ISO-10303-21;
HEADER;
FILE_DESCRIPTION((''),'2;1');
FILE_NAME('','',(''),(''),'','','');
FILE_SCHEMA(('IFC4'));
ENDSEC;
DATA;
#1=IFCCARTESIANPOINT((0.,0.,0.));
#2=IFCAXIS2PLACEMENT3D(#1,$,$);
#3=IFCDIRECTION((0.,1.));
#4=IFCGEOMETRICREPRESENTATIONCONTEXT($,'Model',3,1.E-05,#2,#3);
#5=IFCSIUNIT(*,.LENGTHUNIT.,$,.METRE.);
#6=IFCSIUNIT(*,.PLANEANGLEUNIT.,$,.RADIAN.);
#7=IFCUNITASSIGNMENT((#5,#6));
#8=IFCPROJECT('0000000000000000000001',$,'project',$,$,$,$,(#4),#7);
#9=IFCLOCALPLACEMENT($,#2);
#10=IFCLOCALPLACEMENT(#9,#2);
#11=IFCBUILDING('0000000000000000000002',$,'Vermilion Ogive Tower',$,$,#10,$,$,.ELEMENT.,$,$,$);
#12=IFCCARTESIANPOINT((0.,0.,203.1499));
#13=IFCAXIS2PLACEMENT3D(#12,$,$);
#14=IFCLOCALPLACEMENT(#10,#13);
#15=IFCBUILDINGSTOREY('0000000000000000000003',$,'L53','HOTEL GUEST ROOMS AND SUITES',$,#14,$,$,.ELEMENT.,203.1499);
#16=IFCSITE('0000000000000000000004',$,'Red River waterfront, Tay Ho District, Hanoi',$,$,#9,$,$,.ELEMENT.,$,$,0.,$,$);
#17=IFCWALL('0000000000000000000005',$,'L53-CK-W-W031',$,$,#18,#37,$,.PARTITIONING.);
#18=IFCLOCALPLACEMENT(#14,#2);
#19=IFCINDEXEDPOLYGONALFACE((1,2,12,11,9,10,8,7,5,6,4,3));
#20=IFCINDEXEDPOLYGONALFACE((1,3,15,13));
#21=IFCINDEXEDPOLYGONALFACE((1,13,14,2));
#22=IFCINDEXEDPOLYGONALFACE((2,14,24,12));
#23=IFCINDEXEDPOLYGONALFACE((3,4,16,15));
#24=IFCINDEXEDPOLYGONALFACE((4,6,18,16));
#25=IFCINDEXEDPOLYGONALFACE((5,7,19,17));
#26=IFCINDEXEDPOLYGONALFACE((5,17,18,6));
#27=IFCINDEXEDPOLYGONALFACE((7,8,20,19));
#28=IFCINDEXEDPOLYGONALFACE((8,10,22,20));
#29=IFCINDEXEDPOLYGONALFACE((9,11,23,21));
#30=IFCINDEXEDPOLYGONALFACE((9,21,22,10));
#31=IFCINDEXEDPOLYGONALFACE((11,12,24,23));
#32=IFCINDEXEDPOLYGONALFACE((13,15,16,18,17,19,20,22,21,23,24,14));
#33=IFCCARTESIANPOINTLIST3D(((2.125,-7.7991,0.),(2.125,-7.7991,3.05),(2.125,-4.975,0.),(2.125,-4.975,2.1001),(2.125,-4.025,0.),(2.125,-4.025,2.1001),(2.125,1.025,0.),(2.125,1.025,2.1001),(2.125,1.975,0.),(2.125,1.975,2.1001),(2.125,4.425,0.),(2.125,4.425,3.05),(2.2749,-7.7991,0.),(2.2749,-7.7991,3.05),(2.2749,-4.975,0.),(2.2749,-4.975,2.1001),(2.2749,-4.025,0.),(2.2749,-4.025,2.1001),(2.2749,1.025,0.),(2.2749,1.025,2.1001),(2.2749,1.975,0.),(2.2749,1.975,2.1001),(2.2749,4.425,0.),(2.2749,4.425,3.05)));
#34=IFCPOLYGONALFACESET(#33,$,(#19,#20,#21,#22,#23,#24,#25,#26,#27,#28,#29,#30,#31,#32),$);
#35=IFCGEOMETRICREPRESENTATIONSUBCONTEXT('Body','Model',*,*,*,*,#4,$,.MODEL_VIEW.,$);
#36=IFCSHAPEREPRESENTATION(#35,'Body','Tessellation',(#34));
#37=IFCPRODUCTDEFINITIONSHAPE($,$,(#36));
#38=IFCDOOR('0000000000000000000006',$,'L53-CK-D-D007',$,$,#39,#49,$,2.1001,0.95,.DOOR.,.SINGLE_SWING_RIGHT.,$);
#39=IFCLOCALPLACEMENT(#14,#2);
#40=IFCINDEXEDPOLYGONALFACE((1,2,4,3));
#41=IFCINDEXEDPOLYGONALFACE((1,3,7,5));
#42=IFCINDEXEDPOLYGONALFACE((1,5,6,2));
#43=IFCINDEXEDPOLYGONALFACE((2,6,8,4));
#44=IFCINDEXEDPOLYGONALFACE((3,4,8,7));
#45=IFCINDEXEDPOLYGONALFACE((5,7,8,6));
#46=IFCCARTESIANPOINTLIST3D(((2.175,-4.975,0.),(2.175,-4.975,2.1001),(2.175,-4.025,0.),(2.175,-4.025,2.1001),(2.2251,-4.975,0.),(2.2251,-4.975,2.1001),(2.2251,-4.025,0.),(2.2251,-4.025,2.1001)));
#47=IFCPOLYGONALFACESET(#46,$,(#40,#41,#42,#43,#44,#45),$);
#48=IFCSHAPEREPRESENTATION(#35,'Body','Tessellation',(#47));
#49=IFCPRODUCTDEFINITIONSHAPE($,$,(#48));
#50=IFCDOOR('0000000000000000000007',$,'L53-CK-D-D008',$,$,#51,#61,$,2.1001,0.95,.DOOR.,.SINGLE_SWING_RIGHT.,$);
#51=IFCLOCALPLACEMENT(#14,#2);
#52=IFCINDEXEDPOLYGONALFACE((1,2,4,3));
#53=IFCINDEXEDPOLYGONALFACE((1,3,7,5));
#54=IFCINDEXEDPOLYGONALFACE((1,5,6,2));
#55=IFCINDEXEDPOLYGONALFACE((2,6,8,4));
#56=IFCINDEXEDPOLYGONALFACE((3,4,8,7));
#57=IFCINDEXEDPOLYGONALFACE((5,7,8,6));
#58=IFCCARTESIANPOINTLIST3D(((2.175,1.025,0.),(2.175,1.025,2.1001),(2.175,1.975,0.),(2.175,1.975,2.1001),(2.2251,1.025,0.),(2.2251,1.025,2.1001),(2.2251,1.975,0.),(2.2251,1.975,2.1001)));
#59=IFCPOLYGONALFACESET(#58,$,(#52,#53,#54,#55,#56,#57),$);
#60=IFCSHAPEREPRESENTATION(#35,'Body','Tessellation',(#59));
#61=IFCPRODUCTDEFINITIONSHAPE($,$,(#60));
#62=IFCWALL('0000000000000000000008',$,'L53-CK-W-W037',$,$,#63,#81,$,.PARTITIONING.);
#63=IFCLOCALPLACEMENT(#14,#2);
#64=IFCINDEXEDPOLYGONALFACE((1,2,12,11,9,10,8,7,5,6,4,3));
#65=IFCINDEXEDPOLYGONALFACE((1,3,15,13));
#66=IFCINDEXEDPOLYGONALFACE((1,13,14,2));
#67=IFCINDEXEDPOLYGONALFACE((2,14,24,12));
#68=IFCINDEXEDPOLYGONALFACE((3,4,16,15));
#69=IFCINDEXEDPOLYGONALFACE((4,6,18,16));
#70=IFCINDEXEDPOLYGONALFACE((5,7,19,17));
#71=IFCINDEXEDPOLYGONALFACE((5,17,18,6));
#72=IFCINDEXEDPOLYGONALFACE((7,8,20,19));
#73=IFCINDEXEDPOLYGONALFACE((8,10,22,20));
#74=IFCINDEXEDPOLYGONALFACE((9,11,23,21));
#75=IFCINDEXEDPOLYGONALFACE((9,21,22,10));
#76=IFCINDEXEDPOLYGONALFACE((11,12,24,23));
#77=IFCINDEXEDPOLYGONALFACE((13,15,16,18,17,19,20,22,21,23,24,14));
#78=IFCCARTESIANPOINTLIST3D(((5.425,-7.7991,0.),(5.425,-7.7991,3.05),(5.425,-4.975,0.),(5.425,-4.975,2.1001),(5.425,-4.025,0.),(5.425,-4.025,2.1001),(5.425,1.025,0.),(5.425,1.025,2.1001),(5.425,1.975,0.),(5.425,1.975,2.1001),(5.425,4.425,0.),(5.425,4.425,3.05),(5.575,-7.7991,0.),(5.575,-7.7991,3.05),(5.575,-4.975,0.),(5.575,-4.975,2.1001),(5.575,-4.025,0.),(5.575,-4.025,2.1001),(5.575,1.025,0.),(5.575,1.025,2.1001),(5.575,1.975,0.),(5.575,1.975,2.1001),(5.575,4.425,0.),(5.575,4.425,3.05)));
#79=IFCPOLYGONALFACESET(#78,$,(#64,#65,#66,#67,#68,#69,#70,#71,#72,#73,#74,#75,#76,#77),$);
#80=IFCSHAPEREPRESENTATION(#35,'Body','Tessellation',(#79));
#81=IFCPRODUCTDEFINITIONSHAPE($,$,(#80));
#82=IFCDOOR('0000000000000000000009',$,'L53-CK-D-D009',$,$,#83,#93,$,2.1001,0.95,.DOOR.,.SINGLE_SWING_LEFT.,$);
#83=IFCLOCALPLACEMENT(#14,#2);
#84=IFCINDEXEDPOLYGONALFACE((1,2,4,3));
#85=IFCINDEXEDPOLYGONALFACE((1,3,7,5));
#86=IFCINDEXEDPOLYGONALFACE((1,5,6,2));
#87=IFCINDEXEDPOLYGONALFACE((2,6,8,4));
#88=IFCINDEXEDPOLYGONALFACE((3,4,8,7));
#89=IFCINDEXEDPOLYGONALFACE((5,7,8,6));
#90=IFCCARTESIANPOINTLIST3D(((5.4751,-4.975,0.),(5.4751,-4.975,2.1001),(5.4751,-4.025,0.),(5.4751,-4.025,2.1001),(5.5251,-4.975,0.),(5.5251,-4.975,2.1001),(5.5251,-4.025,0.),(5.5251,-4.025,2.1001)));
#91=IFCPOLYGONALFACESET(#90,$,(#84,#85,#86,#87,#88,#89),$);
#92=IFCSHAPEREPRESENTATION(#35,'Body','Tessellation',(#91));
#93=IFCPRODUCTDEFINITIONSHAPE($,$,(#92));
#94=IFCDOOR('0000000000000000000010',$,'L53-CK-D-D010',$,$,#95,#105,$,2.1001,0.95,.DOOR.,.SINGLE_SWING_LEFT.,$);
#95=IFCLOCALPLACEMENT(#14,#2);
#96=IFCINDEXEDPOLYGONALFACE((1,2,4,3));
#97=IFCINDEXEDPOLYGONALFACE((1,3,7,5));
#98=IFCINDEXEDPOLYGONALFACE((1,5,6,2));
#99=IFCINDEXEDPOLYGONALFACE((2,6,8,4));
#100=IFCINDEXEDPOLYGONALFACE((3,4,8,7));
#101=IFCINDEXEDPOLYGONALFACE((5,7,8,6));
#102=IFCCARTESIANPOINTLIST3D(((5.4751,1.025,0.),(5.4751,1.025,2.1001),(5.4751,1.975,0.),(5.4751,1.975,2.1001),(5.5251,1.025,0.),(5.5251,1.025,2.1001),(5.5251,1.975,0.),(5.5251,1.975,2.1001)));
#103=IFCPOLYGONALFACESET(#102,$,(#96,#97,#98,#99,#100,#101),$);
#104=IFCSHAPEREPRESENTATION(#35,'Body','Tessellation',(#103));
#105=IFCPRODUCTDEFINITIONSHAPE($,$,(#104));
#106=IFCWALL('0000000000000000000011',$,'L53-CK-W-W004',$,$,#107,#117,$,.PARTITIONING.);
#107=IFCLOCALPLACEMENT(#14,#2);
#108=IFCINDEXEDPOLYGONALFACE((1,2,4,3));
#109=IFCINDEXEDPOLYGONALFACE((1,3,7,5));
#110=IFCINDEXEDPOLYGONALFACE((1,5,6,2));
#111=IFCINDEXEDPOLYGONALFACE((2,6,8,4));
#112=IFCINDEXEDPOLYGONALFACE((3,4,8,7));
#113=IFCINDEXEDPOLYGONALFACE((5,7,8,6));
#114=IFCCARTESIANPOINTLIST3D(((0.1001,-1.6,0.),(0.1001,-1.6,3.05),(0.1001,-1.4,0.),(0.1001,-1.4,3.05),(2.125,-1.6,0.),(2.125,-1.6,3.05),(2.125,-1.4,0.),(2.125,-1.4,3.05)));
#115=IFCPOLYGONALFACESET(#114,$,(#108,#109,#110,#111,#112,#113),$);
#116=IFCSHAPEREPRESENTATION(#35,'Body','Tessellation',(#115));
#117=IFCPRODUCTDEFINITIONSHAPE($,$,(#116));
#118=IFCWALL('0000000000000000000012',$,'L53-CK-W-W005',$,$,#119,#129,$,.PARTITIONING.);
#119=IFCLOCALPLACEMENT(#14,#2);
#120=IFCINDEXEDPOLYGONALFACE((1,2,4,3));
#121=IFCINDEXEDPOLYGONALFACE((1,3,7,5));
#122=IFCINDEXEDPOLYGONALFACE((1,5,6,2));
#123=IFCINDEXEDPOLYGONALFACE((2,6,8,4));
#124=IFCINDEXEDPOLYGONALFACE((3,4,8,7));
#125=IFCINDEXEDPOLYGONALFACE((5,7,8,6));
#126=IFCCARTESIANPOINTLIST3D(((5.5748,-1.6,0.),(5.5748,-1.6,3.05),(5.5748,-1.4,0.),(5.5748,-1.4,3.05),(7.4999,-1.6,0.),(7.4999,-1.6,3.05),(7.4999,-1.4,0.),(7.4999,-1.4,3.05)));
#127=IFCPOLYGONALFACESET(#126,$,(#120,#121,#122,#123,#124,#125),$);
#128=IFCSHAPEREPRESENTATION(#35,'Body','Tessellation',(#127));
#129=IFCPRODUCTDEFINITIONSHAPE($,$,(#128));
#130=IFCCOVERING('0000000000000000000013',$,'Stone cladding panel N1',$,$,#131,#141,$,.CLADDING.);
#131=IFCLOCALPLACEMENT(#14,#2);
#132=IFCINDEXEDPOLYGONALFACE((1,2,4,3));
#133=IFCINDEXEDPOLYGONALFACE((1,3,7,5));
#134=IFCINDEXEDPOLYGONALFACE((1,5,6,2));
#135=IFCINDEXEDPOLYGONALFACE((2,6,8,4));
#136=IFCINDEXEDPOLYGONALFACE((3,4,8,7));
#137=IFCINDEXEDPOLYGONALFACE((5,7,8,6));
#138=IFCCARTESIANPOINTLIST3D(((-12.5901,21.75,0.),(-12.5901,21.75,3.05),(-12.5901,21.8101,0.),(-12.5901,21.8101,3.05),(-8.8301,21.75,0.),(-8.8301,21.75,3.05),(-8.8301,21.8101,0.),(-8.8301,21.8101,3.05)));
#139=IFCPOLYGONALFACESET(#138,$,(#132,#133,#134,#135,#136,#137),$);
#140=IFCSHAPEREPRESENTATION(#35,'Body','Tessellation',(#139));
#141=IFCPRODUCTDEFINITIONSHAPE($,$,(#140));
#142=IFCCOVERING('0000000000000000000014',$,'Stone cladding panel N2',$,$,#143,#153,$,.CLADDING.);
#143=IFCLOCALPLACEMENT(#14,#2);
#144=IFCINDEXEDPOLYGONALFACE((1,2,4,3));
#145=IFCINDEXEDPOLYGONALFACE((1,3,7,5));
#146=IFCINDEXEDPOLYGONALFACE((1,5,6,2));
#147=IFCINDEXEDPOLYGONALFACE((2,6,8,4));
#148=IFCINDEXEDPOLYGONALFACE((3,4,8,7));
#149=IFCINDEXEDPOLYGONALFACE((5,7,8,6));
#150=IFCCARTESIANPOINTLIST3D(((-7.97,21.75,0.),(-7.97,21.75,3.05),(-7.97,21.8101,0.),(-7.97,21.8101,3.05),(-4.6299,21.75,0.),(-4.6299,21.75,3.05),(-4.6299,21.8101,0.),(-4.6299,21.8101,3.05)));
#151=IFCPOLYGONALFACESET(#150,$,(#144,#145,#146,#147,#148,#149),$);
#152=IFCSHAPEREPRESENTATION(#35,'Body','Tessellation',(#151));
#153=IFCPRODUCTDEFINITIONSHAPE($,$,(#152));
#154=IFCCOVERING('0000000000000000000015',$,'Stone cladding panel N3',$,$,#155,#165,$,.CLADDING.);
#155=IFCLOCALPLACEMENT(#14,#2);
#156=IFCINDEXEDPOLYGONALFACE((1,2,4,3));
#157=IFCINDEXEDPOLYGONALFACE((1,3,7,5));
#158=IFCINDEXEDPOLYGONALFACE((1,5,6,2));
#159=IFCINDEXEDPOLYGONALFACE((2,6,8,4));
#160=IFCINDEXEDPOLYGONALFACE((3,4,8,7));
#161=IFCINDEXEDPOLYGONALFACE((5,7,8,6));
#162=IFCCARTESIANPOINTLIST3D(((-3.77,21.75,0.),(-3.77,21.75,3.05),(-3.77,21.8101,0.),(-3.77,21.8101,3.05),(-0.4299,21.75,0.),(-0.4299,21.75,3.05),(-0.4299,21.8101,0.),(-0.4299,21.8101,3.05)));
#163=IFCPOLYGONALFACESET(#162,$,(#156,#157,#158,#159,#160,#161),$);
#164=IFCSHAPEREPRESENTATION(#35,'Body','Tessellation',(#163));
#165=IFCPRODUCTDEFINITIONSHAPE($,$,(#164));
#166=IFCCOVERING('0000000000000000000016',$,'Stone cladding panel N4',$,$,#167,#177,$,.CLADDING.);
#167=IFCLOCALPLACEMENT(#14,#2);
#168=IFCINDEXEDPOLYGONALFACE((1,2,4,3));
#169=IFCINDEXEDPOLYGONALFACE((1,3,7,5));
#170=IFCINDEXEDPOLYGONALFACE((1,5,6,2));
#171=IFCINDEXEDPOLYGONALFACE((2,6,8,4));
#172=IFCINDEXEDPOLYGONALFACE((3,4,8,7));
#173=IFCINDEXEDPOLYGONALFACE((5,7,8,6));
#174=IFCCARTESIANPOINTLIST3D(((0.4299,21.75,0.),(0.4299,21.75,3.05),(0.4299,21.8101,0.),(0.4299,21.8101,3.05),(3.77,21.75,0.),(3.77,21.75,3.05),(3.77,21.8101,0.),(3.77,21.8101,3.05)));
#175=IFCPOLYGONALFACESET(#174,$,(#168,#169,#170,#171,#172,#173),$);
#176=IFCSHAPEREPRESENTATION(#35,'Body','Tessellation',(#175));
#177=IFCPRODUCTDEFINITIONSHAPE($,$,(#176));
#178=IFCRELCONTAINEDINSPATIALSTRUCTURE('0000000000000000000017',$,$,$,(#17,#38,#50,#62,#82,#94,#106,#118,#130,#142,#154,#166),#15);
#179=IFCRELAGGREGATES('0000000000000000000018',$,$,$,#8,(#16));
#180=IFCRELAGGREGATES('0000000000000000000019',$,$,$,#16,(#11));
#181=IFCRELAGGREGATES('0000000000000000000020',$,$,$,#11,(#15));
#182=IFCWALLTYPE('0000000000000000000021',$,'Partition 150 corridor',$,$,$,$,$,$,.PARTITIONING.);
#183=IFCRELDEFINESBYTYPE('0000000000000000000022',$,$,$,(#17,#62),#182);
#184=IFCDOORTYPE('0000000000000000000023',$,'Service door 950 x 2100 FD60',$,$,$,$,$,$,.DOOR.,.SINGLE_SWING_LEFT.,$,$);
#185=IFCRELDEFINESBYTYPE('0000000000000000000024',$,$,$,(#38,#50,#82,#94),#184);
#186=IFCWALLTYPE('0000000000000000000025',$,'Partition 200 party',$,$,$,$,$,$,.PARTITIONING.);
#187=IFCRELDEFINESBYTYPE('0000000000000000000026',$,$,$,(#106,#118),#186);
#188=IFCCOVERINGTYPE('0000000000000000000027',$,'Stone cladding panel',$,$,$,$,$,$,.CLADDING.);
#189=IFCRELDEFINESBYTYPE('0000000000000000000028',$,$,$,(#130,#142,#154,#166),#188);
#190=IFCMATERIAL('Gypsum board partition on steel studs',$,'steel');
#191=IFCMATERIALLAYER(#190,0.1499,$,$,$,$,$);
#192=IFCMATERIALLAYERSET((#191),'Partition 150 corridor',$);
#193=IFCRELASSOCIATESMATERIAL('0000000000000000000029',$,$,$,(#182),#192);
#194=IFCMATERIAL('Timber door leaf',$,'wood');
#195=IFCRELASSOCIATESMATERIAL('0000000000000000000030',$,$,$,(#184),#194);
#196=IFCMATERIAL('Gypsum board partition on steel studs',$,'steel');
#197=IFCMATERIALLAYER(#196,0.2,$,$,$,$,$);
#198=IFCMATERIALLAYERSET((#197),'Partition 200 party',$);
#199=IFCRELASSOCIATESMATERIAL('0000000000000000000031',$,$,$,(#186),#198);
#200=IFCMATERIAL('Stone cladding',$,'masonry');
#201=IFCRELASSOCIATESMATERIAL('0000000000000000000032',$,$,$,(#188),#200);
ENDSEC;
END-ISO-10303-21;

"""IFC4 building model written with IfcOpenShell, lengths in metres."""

from ifc_helpers import new_model, si_unit, direction, frame, frame_2d, origin, place, context, subcontext, project, spatial, polyline, rectangle, outline, extrude, material, layer, layer_set, type_object, element, fill, save


model = new_model("IFC4")

# Units and contexts
model_context = context("Model", 3, precision=1e-05, world=origin(), true_north=direction((0.0, 1.0)))
body_context = subcontext(model_context, "Body", "Model", "MODEL_VIEW")
ifc_project = project(units=[si_unit("LENGTHUNIT", "METRE"), si_unit("PLANEANGLEUNIT", "RADIAN")], contexts=[model_context])

# Site, building, storey
site_placement = place(None, origin())
site = spatial("IfcSite", under=ifc_project, at=site_placement, Name="Red River waterfront, Tay Ho District, Hanoi", CompositionType="ELEMENT", RefElevation=0.0)
building_placement = place(site_placement, origin())
building = spatial("IfcBuilding", under=site, at=building_placement, Name="Vermilion Ogive Tower", CompositionType="ELEMENT")
storey_placement = place(building_placement, frame((0.0, 0.0, 203.1499)))
storey = spatial("IfcBuildingStorey", under=building, at=storey_placement, Name="L53", Description="HOTEL GUEST ROOMS AND SUITES", CompositionType="ELEMENT", Elevation=203.1499)

# Walls, openings, doors
ifc_material_1 = material(Name="Gypsum board partition on steel studs", Category="steel")
ifc_layer_1 = layer(ifc_material_1, 0.1499)
ifc_layer_set_1 = layer_set([ifc_layer_1], Name="Partition 150 corridor")
wall_type_1 = type_object("IfcWallType", Name="Partition 150 corridor", PredefinedType="PARTITIONING", material=ifc_layer_set_1)
wall_1_placement = place(storey_placement, frame((2.2, -7.7991, 0.0), z_axis=(0.0, 0.0, 1.0), x_axis=(0.0, 1.0, 0.0)))
wall_1 = element("IfcWall", 1, at=wall_1_placement, inside=storey, type_object=wall_type_1, Name="L53-CK-W-W031", PredefinedType="PARTITIONING", context=body_context, shape_type="SweptSolid", body=[
    extrude(rectangle(XDim=12.2241, YDim=0.1499, at=frame_2d((6.1121, 0.0))), origin(), (0.0, 0.0, 1.0), 3.05),
])
opening_1_placement = place(wall_1_placement, frame((2.824, 0.0, 0.0)))
opening_1 = element("IfcOpeningElement", 2, at=opening_1_placement, cuts=wall_1, PredefinedType="OPENING", context=body_context, shape_type="SweptSolid", body=[
    extrude(rectangle(XDim=0.95, YDim=2.1001, at=frame_2d((0.4751, 1.05))), frame((0.0, 0.085, 0.0), z_axis=(0.0, -1.0, 0.0), x_axis=(1.0, 0.0, 0.0)), (0.0, 0.0, 1.0), 0.1699),
])
opening_2_placement = place(wall_1_placement, frame((8.824, 0.0, 0.0)))
opening_2 = element("IfcOpeningElement", 3, at=opening_2_placement, cuts=wall_1, PredefinedType="OPENING", context=body_context, shape_type="SweptSolid", body=[
    extrude(rectangle(XDim=0.95, YDim=2.1001, at=frame_2d((0.4751, 1.05))), frame((0.0, 0.085, 0.0), z_axis=(0.0, -1.0, 0.0), x_axis=(1.0, 0.0, 0.0)), (0.0, 0.0, 1.0), 0.1699),
])
ifc_material_2 = material(Name="Timber door leaf", Category="wood")
door_type = type_object("IfcDoorType", Name="Service door 950 x 2100 FD60", OperationType="SINGLE_SWING_LEFT", PredefinedType="DOOR", material=ifc_material_2)
door_1_placement = place(opening_1_placement, origin())
door_1 = element("IfcDoor", 4, at=door_1_placement, inside=storey, type_object=door_type, Name="L53-CK-D-D007", OperationType="SINGLE_SWING_RIGHT", OverallHeight=2.1001, OverallWidth=0.95, PredefinedType="DOOR", context=body_context, shape_type="SweptSolid", body=[
    extrude(rectangle(XDim=0.95, YDim=2.1001, at=frame_2d((0.4751, 1.05))), frame((0.0, 0.0249, 0.0), z_axis=(0.0, -1.0, 0.0), x_axis=(1.0, 0.0, 0.0)), (0.0, 0.0, 1.0), 0.05),
])
fill(opening_1, door_1)
door_2_placement = place(opening_2_placement, origin())
door_2 = element("IfcDoor", 5, at=door_2_placement, inside=storey, type_object=door_type, Name="L53-CK-D-D008", OperationType="SINGLE_SWING_RIGHT", OverallHeight=2.1001, OverallWidth=0.95, PredefinedType="DOOR", context=body_context, shape_type="SweptSolid", body=[
    extrude(rectangle(XDim=0.95, YDim=2.1001, at=frame_2d((0.4751, 1.05))), frame((0.0, 0.0249, 0.0), z_axis=(0.0, -1.0, 0.0), x_axis=(1.0, 0.0, 0.0)), (0.0, 0.0, 1.0), 0.05),
])
fill(opening_2, door_2)
wall_2_placement = place(storey_placement, frame((5.5, -7.7991, 0.0), z_axis=(0.0, 0.0, 1.0), x_axis=(0.0, 1.0, 0.0)))
wall_2 = element("IfcWall", 6, at=wall_2_placement, inside=storey, type_object=wall_type_1, Name="L53-CK-W-W037", PredefinedType="PARTITIONING", context=body_context, shape_type="SweptSolid", body=[
    extrude(rectangle(XDim=12.2241, YDim=0.1499, at=frame_2d((6.1121, 0.0))), origin(), (0.0, 0.0, 1.0), 3.05),
])
opening_3_placement = place(wall_2_placement, frame((2.824, 0.0, 0.0)))
opening_3 = element("IfcOpeningElement", 7, at=opening_3_placement, cuts=wall_2, PredefinedType="OPENING", context=body_context, shape_type="SweptSolid", body=[
    extrude(rectangle(XDim=0.95, YDim=2.1001, at=frame_2d((0.4751, 1.05))), frame((0.0, 0.085, 0.0), z_axis=(0.0, -1.0, 0.0), x_axis=(1.0, 0.0, 0.0)), (0.0, 0.0, 1.0), 0.1699),
])
opening_4_placement = place(wall_2_placement, frame((8.824, 0.0, 0.0)))
opening_4 = element("IfcOpeningElement", 8, at=opening_4_placement, cuts=wall_2, PredefinedType="OPENING", context=body_context, shape_type="SweptSolid", body=[
    extrude(rectangle(XDim=0.95, YDim=2.1001, at=frame_2d((0.4751, 1.05))), frame((0.0, 0.085, 0.0), z_axis=(0.0, -1.0, 0.0), x_axis=(1.0, 0.0, 0.0)), (0.0, 0.0, 1.0), 0.1699),
])
door_3_placement = place(opening_3_placement, origin())
door_3 = element("IfcDoor", 9, at=door_3_placement, inside=storey, type_object=door_type, Name="L53-CK-D-D009", OperationType="SINGLE_SWING_LEFT", OverallHeight=2.1001, OverallWidth=0.95, PredefinedType="DOOR", context=body_context, shape_type="SweptSolid", body=[
    extrude(rectangle(XDim=0.95, YDim=2.1001, at=frame_2d((0.4751, 1.05))), frame((0.0, 0.0249, 0.0), z_axis=(0.0, -1.0, 0.0), x_axis=(1.0, 0.0, 0.0)), (0.0, 0.0, 1.0), 0.05),
])
fill(opening_3, door_3)
door_4_placement = place(opening_4_placement, origin())
door_4 = element("IfcDoor", 10, at=door_4_placement, inside=storey, type_object=door_type, Name="L53-CK-D-D010", OperationType="SINGLE_SWING_LEFT", OverallHeight=2.1001, OverallWidth=0.95, PredefinedType="DOOR", context=body_context, shape_type="SweptSolid", body=[
    extrude(rectangle(XDim=0.95, YDim=2.1001, at=frame_2d((0.4751, 1.05))), frame((0.0, 0.0249, 0.0), z_axis=(0.0, -1.0, 0.0), x_axis=(1.0, 0.0, 0.0)), (0.0, 0.0, 1.0), 0.05),
])
fill(opening_4, door_4)

# Walls
ifc_material_3 = material(Name="Gypsum board partition on steel studs", Category="steel")
ifc_layer_2 = layer(ifc_material_3, 0.2)
ifc_layer_set_2 = layer_set([ifc_layer_2], Name="Partition 200 party")
wall_type_2 = type_object("IfcWallType", Name="Partition 200 party", PredefinedType="PARTITIONING", material=ifc_layer_set_2)
wall_3_placement = place(storey_placement, frame((0.1001, -1.5, 0.0), z_axis=(0.0, 0.0, 1.0), x_axis=(1.0, 0.0, 0.0)))
element("IfcWall", 11, at=wall_3_placement, inside=storey, type_object=wall_type_2, Name="L53-CK-W-W004", PredefinedType="PARTITIONING", context=body_context, shape_type="SweptSolid", body=[
    extrude(rectangle(XDim=2.0249, YDim=0.2, at=frame_2d((1.0125, 0.0))), origin(), (0.0, 0.0, 1.0), 3.05),
])
wall_4_placement = place(storey_placement, frame((5.575, -1.5, 0.0), z_axis=(0.0, 0.0, 1.0), x_axis=(1.0, 0.0, 0.0)))
element("IfcWall", 12, at=wall_4_placement, inside=storey, type_object=wall_type_2, Name="L53-CK-W-W005", PredefinedType="PARTITIONING", context=body_context, shape_type="SweptSolid", body=[
    extrude(rectangle(XDim=1.925, YDim=0.2, at=frame_2d((0.9624, 0.0))), origin(), (0.0, 0.0, 1.0), 3.05),
])

# Coverings
ifc_material_4 = material(Name="Stone cladding", Category="masonry")
covering_type_1 = type_object("IfcCoveringType", Name="Stone cladding panel", PredefinedType="CLADDING", material=ifc_material_4)
covering_1_placement = place(storey_placement, origin())
element("IfcCovering", 13, at=covering_1_placement, inside=storey, type_object=covering_type_1, Name="Stone cladding panel N1", PredefinedType="CLADDING", context=body_context, shape_type="SweptSolid", body=[
    extrude(outline(polyline([(-12.5901, 21.75), (-8.8301, 21.75), (-8.8301, 21.8101), (-12.5901, 21.8101), (-12.5901, 21.75)])), origin(), (0.0, 0.0, 1.0), 3.05),
])
covering_2_placement = place(storey_placement, origin())
element("IfcCovering", 14, at=covering_2_placement, inside=storey, type_object=covering_type_1, Name="Stone cladding panel N2", PredefinedType="CLADDING", context=body_context, shape_type="SweptSolid", body=[
    extrude(outline(polyline([(-7.97, 21.75), (-4.6299, 21.75), (-4.6299, 21.8101), (-7.97, 21.8101), (-7.97, 21.75)])), origin(), (0.0, 0.0, 1.0), 3.05),
])
covering_3_placement = place(storey_placement, origin())
element("IfcCovering", 15, at=covering_3_placement, inside=storey, type_object=covering_type_1, Name="Stone cladding panel N3", PredefinedType="CLADDING", context=body_context, shape_type="SweptSolid", body=[
    extrude(outline(polyline([(-3.77, 21.75), (-0.4299, 21.75), (-0.4299, 21.8101), (-3.77, 21.8101), (-3.77, 21.75)])), origin(), (0.0, 0.0, 1.0), 3.05),
])
covering_4_placement = place(storey_placement, origin())
element("IfcCovering", 16, at=covering_4_placement, inside=storey, type_object=covering_type_1, Name="Stone cladding panel N4", PredefinedType="CLADDING", context=body_context, shape_type="SweptSolid", body=[
    extrude(outline(polyline([(0.4299, 21.75), (3.77, 21.75), (3.77, 21.8101), (0.4299, 21.8101), (0.4299, 21.75)])), origin(), (0.0, 0.0, 1.0), 3.05),
])

save(model, "model.ifc")
